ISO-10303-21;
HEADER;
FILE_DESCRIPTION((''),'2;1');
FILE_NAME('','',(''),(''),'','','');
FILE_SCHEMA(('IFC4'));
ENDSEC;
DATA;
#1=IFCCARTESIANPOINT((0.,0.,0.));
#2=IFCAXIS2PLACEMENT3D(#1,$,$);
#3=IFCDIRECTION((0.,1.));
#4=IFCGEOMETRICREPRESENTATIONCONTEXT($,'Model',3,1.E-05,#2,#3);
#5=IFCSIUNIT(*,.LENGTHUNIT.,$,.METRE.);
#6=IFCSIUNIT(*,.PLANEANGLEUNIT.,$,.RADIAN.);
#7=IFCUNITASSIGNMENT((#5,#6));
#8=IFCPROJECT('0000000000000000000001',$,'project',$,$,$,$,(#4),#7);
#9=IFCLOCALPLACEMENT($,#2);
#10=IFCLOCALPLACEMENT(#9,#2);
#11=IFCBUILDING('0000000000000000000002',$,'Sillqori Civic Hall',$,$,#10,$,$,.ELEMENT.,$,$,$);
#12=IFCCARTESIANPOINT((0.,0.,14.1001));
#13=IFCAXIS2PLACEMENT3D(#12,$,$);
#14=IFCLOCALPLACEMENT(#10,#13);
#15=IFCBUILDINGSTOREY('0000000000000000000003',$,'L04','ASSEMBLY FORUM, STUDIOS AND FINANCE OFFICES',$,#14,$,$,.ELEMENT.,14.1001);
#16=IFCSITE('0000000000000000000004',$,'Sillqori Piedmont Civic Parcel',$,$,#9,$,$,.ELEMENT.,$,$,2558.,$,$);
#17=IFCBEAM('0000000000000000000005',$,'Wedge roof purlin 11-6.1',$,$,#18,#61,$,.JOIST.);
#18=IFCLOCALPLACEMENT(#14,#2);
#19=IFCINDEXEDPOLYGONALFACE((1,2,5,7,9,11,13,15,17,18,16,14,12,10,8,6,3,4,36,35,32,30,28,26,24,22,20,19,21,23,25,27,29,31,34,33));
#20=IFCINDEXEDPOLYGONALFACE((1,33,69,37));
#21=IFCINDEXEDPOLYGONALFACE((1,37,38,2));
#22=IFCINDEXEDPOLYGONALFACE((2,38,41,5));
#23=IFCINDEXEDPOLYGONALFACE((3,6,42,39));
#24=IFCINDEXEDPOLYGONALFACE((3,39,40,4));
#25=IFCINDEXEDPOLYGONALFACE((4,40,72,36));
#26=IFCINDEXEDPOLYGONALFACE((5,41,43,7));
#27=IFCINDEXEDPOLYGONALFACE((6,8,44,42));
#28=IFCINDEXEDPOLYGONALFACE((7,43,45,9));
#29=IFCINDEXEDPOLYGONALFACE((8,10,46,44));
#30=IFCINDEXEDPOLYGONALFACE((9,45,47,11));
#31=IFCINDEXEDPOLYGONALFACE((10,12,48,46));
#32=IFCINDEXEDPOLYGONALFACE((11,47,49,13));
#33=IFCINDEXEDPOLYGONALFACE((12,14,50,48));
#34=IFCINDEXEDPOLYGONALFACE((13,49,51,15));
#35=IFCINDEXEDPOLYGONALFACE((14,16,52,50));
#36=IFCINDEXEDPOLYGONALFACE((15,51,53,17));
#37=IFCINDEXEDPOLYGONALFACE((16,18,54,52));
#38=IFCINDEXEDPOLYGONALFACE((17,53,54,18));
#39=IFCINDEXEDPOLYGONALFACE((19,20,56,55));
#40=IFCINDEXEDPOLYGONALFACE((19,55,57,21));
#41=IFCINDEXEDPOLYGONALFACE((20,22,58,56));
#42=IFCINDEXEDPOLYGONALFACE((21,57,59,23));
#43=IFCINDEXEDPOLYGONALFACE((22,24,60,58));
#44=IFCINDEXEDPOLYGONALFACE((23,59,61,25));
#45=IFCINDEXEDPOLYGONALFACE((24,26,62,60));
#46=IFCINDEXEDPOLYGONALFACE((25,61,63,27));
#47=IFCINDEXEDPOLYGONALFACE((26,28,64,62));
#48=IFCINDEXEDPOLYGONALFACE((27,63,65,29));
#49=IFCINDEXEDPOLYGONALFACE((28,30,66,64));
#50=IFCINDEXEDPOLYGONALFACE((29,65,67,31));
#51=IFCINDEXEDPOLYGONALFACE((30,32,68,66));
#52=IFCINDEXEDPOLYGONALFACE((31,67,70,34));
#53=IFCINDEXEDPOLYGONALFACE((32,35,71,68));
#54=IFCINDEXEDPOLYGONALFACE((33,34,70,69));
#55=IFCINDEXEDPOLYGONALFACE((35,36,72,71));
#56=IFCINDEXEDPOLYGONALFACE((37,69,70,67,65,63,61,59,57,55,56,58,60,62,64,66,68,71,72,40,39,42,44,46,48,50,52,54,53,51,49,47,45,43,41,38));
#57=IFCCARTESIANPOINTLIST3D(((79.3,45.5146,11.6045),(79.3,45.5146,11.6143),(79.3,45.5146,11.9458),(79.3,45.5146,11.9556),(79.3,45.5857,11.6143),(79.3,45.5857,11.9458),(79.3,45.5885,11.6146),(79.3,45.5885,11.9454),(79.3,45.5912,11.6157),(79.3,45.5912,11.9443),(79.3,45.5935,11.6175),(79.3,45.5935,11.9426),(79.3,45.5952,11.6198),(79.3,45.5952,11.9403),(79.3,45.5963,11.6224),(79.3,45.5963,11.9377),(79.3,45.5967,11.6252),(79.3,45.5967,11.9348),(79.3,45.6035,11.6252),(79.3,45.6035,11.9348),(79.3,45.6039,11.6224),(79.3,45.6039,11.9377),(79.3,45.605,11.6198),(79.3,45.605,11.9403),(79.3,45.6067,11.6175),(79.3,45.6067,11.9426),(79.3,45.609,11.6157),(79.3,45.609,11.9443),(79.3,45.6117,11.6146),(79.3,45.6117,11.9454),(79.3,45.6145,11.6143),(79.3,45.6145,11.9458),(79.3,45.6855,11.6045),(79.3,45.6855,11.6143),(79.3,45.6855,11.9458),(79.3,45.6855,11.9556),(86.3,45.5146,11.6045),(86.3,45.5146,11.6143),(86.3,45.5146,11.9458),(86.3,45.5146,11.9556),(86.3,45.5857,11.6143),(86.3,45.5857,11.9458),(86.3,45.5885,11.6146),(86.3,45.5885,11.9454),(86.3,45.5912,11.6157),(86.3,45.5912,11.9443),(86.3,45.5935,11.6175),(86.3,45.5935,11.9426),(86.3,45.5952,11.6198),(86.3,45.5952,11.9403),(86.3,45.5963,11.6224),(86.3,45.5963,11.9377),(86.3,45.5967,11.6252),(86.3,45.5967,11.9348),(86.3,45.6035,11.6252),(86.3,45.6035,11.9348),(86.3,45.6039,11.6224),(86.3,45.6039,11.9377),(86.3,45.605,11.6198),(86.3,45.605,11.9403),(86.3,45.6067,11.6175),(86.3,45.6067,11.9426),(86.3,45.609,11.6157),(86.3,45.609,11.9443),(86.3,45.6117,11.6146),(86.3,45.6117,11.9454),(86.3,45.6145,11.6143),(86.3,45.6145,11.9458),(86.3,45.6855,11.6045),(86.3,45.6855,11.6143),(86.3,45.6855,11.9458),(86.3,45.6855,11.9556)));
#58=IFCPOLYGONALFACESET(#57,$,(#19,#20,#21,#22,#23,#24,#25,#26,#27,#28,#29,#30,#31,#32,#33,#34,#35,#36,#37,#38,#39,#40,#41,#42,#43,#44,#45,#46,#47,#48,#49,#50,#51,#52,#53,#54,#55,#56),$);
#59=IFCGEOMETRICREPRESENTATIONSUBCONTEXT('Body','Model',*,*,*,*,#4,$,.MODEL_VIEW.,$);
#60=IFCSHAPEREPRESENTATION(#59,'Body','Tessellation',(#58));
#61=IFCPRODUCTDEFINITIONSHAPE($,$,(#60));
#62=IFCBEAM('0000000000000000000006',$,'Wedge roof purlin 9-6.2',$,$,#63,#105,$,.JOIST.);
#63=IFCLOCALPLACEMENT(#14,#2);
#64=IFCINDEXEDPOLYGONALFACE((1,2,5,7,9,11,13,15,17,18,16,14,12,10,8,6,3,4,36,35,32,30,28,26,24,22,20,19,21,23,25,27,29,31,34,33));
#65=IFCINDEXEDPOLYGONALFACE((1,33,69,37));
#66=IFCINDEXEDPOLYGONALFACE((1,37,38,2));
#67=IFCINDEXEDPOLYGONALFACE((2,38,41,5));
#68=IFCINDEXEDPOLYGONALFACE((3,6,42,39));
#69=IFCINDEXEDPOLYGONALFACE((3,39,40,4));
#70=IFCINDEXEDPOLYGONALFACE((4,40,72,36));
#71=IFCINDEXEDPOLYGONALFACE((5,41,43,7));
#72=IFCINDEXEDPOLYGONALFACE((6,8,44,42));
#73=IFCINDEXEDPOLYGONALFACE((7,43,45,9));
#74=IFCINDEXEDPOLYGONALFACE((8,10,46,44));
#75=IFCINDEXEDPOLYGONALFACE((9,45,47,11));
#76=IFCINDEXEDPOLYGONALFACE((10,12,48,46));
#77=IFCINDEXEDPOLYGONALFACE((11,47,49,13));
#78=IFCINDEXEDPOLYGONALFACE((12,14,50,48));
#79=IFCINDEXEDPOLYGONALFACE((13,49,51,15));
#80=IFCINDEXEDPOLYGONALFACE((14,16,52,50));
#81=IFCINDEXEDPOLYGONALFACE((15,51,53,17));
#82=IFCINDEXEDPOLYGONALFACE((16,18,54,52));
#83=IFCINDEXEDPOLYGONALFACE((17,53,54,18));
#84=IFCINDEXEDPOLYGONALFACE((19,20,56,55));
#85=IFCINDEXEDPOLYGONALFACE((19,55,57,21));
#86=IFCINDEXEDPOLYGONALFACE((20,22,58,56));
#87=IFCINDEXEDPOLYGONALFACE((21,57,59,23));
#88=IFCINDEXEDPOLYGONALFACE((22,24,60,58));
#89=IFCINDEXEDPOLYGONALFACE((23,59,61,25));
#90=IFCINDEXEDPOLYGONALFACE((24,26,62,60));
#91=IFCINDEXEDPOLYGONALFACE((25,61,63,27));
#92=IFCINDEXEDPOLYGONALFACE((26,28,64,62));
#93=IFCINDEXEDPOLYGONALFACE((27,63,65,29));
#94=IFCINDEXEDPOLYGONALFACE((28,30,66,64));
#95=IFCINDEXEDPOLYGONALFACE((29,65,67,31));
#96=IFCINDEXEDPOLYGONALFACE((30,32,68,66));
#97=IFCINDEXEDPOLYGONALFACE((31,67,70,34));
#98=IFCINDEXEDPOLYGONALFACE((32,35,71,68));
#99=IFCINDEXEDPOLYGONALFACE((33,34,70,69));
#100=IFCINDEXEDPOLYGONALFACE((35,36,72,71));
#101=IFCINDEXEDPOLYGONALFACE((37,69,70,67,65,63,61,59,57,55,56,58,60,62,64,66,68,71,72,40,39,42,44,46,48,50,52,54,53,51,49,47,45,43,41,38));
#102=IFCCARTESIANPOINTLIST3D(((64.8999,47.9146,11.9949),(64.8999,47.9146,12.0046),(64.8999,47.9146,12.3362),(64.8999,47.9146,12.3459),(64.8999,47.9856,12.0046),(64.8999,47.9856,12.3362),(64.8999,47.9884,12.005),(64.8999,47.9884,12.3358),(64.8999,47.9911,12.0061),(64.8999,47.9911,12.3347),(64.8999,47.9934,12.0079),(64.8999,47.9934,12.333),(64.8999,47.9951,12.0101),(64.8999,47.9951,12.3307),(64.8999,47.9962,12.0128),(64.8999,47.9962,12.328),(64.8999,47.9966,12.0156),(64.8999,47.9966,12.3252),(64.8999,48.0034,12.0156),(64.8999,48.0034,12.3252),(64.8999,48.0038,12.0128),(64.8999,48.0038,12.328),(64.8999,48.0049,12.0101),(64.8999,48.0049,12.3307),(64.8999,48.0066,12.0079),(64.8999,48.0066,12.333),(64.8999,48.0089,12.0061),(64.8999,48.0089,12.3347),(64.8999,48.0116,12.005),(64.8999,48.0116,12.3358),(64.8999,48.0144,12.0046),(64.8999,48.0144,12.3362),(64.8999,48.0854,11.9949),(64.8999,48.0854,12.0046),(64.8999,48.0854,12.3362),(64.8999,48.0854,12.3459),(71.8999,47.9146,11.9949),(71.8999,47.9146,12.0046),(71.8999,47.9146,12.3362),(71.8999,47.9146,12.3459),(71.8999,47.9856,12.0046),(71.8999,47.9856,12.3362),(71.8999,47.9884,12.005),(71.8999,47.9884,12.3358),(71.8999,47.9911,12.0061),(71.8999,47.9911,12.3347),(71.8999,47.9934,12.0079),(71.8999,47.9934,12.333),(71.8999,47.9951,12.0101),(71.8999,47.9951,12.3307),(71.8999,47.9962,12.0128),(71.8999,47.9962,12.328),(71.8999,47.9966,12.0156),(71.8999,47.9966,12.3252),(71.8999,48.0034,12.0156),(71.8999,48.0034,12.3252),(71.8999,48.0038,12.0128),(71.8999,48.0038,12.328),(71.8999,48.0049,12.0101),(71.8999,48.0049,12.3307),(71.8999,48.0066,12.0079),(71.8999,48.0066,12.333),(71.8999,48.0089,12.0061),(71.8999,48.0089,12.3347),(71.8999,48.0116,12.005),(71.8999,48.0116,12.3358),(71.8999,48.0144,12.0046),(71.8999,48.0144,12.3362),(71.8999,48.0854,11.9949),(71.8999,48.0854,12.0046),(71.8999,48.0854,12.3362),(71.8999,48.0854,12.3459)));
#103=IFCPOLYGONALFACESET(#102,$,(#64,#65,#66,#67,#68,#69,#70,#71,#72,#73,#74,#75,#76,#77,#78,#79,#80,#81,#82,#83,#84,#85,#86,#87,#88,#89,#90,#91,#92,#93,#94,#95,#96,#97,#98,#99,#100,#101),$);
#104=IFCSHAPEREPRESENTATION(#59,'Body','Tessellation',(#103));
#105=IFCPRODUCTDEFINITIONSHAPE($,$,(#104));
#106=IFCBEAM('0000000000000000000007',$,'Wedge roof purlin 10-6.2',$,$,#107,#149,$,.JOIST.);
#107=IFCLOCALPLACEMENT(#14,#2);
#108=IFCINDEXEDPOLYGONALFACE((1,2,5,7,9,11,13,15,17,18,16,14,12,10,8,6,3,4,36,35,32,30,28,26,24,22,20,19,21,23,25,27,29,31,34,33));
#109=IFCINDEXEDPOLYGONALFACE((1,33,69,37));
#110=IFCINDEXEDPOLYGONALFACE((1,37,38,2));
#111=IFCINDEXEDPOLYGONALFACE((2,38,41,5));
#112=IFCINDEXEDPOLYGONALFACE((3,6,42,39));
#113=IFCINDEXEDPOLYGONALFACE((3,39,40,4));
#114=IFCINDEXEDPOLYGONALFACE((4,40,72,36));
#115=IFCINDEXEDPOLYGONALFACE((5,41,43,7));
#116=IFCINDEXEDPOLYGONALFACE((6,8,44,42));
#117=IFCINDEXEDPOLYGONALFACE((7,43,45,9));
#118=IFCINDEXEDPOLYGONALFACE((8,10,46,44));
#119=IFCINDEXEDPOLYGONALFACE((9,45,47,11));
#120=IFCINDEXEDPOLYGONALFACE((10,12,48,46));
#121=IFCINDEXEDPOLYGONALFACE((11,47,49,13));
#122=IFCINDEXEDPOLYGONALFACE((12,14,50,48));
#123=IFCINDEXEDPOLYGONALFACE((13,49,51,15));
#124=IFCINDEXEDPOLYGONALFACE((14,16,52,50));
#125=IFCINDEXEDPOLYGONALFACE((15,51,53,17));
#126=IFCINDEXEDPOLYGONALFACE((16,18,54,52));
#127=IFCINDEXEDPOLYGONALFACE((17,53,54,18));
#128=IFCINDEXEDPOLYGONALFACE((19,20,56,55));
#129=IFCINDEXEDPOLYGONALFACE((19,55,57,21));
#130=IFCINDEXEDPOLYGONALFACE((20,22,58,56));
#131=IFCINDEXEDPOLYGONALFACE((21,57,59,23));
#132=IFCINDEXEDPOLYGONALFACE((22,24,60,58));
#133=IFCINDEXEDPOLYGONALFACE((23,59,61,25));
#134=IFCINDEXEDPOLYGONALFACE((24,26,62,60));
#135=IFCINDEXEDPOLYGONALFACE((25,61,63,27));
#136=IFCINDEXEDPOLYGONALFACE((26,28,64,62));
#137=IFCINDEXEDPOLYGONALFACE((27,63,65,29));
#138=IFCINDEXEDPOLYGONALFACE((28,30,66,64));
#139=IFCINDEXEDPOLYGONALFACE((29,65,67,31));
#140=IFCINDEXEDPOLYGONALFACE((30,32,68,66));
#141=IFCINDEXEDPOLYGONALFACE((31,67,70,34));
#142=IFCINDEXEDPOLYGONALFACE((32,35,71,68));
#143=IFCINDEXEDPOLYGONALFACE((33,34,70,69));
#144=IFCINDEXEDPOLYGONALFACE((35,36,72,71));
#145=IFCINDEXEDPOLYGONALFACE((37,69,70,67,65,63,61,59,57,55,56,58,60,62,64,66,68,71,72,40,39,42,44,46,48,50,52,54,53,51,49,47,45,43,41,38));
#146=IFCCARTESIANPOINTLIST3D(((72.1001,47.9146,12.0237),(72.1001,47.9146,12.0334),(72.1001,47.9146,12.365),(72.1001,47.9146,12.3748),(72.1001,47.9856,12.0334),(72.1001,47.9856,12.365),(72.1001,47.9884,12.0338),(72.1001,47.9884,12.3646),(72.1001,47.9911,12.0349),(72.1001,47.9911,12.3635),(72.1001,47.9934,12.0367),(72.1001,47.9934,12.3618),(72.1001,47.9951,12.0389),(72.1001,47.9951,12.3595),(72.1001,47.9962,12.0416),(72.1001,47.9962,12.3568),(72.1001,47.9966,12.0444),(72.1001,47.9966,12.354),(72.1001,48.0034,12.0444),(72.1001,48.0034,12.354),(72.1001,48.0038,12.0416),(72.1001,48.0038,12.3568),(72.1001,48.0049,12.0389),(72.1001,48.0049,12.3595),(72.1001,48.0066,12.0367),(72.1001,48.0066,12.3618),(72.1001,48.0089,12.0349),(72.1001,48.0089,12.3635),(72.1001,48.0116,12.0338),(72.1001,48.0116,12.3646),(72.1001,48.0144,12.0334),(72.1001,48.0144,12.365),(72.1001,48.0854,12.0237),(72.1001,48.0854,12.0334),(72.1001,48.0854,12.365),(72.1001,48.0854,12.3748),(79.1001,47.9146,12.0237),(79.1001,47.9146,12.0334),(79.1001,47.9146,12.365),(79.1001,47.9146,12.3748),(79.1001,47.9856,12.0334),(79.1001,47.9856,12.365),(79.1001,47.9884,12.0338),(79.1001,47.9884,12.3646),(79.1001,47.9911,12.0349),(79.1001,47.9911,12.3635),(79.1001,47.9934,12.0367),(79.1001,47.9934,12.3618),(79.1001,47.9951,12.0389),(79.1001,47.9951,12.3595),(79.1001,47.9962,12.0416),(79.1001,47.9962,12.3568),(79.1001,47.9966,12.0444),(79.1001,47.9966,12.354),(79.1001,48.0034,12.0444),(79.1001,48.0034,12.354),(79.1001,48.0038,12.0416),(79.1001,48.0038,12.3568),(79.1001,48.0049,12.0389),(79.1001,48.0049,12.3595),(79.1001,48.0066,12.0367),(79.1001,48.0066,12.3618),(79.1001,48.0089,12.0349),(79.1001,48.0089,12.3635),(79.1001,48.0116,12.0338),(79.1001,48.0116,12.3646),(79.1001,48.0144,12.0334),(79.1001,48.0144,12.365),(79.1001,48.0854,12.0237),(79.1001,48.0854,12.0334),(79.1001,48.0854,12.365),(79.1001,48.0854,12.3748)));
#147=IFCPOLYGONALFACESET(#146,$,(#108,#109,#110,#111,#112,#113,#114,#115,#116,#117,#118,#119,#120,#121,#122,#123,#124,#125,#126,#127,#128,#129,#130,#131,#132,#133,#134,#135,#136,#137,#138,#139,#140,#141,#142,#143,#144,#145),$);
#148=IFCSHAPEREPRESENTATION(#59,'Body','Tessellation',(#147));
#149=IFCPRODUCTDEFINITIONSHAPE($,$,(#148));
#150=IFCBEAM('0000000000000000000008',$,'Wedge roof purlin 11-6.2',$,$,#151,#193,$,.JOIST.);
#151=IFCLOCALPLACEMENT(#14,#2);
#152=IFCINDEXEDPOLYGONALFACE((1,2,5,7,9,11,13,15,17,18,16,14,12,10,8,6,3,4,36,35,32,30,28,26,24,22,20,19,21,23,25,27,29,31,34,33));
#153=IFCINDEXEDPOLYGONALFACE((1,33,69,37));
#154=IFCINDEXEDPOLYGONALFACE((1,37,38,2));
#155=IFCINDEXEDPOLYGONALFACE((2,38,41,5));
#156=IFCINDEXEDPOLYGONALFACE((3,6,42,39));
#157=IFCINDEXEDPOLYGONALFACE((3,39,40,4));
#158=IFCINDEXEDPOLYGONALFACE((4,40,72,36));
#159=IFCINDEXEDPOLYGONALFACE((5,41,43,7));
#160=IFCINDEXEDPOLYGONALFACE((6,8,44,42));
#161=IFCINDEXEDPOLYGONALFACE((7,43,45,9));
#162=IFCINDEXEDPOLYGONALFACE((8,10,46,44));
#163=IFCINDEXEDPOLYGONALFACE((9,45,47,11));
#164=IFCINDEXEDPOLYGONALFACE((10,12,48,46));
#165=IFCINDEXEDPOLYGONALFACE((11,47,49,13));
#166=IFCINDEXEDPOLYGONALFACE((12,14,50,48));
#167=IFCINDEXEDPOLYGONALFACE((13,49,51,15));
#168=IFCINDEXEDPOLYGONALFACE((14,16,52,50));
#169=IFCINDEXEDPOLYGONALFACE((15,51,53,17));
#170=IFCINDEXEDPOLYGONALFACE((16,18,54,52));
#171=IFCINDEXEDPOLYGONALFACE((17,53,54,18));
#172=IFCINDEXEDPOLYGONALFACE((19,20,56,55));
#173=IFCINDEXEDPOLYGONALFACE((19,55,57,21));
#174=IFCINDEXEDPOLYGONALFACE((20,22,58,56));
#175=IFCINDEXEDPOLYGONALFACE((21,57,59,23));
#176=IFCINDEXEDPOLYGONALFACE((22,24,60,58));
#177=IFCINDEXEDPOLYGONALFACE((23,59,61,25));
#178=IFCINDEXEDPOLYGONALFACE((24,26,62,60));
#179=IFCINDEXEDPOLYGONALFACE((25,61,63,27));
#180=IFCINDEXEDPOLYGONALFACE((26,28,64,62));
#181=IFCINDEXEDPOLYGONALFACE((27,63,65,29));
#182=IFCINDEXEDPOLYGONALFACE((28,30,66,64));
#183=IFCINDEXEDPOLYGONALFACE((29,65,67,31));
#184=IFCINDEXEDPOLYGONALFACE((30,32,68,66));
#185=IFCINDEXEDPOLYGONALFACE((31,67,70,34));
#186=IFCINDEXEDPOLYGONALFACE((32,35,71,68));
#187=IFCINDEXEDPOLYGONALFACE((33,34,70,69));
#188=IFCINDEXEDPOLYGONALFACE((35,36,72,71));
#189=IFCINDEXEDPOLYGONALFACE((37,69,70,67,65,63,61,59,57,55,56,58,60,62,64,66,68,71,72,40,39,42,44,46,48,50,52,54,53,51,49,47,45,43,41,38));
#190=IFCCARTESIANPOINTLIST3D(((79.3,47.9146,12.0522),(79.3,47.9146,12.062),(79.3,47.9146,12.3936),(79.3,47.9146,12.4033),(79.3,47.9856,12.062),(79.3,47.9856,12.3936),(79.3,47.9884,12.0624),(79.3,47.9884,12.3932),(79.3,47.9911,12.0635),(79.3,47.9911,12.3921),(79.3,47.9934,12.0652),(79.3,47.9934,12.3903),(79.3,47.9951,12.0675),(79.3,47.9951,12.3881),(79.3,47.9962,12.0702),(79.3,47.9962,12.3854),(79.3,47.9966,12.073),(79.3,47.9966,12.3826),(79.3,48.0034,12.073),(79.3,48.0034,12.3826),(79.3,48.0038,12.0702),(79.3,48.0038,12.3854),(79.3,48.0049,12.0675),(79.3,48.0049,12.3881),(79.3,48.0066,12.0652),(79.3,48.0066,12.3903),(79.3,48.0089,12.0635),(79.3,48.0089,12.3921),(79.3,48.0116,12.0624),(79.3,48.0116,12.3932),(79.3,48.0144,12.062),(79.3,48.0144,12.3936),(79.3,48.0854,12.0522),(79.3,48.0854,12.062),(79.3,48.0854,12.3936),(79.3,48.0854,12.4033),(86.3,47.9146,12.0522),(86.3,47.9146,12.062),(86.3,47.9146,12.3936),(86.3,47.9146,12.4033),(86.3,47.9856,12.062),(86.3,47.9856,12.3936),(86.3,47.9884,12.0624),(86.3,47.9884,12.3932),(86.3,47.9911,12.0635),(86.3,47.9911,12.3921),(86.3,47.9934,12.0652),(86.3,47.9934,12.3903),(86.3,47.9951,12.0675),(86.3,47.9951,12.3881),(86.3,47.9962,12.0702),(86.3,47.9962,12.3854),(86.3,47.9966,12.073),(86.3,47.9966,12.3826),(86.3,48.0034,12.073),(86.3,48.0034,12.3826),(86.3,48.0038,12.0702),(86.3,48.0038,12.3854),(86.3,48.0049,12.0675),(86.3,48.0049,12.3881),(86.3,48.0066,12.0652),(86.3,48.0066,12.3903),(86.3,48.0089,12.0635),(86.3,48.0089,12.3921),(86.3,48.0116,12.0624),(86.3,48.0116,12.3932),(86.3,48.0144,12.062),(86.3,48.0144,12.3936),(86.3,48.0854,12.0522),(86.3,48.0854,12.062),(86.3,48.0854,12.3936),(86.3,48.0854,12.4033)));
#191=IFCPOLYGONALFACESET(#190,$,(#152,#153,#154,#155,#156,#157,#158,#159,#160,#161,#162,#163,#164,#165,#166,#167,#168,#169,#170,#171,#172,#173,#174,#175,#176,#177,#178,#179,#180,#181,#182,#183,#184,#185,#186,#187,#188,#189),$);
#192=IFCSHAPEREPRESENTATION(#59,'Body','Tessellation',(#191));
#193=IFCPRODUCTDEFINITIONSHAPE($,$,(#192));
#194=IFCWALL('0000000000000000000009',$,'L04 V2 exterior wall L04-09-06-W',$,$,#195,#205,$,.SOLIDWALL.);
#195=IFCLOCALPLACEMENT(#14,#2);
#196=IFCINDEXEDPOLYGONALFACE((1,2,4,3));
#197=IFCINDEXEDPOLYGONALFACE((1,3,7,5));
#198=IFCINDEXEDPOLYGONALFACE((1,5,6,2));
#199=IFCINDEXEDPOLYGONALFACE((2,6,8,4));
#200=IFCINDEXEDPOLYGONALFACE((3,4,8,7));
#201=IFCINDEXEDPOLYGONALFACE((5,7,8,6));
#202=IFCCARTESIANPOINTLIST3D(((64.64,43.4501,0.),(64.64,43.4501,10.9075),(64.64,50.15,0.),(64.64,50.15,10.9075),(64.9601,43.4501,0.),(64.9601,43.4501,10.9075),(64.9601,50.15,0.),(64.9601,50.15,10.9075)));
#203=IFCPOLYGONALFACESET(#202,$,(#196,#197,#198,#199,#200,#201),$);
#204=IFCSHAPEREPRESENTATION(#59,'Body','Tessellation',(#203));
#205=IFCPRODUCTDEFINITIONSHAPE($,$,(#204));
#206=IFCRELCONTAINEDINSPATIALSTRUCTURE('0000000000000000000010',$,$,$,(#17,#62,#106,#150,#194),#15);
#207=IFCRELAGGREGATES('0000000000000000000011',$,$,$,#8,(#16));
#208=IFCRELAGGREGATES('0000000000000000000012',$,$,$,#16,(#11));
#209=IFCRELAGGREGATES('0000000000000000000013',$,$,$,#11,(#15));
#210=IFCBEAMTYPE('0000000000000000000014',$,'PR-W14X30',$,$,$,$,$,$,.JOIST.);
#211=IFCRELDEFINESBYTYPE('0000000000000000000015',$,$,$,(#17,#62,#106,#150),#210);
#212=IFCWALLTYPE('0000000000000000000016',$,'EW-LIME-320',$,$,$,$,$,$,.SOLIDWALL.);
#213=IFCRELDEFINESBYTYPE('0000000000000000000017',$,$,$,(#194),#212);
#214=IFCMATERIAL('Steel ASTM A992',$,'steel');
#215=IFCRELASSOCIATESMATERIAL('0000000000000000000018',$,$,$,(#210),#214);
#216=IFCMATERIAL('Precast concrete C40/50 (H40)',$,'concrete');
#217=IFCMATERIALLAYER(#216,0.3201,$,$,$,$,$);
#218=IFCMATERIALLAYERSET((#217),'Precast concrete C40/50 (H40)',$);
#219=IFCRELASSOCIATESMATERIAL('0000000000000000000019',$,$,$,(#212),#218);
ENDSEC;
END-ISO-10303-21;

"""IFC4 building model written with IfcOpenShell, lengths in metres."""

from ifc_helpers import new_model, si_unit, direction, frame, frame_2d, origin, origin_2d, place, context, subcontext, project, spatial, rectangle, i_section, extrude, material, layer, layer_set, material_profile, profile_set, type_object, element, save


model = new_model("IFC4")

# Units and contexts
model_context = context("Model", 3, precision=1e-05, world=origin(), true_north=direction((0.0, 1.0)))
body_context = subcontext(model_context, "Body", "Model", "MODEL_VIEW")
ifc_project = project(units=[si_unit("LENGTHUNIT", "METRE"), si_unit("PLANEANGLEUNIT", "RADIAN")], contexts=[model_context])

# Site, building, storey
site_placement = place(None, origin())
site = spatial("IfcSite", under=ifc_project, at=site_placement, Name="Sillqori Piedmont Civic Parcel", CompositionType="ELEMENT", RefElevation=2558.0)
building_placement = place(site_placement, origin())
building = spatial("IfcBuilding", under=site, at=building_placement, Name="Sillqori Civic Hall", CompositionType="ELEMENT")
storey_placement = place(building_placement, frame((0.0, 0.0, 14.1001)))
storey = spatial("IfcBuildingStorey", under=building, at=storey_placement, Name="L04", Description="ASSEMBLY FORUM, STUDIOS AND FINANCE OFFICES", CompositionType="ELEMENT", Elevation=14.1001)

# Shared definitions
ifc_material_1 = material(Name="Steel ASTM A992", Category="steel")

# Beams
ifc_material_profile_1 = material_profile(ifc_material_1, i_section(OverallWidth=0.1709, OverallDepth=0.3511, WebThickness=0.0068, FlangeThickness=0.0098, FilletRadius=0.011, at=origin_2d()), Name="W14X30")
ifc_profile_set_1 = profile_set([ifc_material_profile_1], Name="Steel ASTM A992")
beam_type_1 = type_object("IfcBeamType", Name="PR-W14X30", PredefinedType="JOIST", material=ifc_profile_set_1)
for number, where, z_axis, x_axis, name in (
    (1, (79.3, 45.6001, 11.78), (1.0, 0.0, 0.0), (0.0, 1.0, 0.0), "Wedge roof purlin 11-6.1"),
    (2, (64.8999, 48.0, 12.1704), (1.0, 0.0, 0.0), (0.0, 1.0, 0.0), "Wedge roof purlin 9-6.2"),
    (3, (72.1001, 48.0, 12.1992), (1.0, 0.0, 0.0), (0.0, 1.0, 0.0), "Wedge roof purlin 10-6.2"),
    (4, (79.3, 48.0, 12.2278), (1.0, 0.0, 0.0), (0.0, 1.0, 0.0), "Wedge roof purlin 11-6.2"),
):
    element("IfcBeam", number, at=place(storey_placement, frame(where, z_axis=z_axis, x_axis=x_axis)), inside=storey, type_object=beam_type_1, Name=name, PredefinedType="JOIST", context=body_context, shape_type="SweptSolid", body=[
        extrude(i_section(OverallWidth=0.1709, OverallDepth=0.3511, WebThickness=0.0068, FlangeThickness=0.0098, FilletRadius=0.011, at=origin_2d()), origin(), (0.0, 0.0, 1.0), 7.0),
    ])

# Wall
ifc_material_2 = material(Name="Precast concrete C40/50 (H40)", Category="concrete")
ifc_layer_1 = layer(ifc_material_2, 0.3201)
ifc_layer_set_1 = layer_set([ifc_layer_1], Name="Precast concrete C40/50 (H40)")
wall_type_1 = type_object("IfcWallType", Name="EW-LIME-320", PredefinedType="SOLIDWALL", material=ifc_layer_set_1)
wall_placement = place(storey_placement, frame((64.8, 43.45, 0.0), z_axis=(0.0, 0.0, 1.0), x_axis=(0.0, 1.0, 0.0)))
element("IfcWall", 5, at=wall_placement, inside=storey, type_object=wall_type_1, Name="L04 V2 exterior wall L04-09-06-W", PredefinedType="SOLIDWALL", context=body_context, shape_type="SweptSolid", body=[
    extrude(rectangle(XDim=6.7, YDim=0.3201, at=frame_2d((3.3501, 0.0))), origin(), (0.0, 0.0, 1.0), 10.9075),
])

save(model, "model.ifc")
